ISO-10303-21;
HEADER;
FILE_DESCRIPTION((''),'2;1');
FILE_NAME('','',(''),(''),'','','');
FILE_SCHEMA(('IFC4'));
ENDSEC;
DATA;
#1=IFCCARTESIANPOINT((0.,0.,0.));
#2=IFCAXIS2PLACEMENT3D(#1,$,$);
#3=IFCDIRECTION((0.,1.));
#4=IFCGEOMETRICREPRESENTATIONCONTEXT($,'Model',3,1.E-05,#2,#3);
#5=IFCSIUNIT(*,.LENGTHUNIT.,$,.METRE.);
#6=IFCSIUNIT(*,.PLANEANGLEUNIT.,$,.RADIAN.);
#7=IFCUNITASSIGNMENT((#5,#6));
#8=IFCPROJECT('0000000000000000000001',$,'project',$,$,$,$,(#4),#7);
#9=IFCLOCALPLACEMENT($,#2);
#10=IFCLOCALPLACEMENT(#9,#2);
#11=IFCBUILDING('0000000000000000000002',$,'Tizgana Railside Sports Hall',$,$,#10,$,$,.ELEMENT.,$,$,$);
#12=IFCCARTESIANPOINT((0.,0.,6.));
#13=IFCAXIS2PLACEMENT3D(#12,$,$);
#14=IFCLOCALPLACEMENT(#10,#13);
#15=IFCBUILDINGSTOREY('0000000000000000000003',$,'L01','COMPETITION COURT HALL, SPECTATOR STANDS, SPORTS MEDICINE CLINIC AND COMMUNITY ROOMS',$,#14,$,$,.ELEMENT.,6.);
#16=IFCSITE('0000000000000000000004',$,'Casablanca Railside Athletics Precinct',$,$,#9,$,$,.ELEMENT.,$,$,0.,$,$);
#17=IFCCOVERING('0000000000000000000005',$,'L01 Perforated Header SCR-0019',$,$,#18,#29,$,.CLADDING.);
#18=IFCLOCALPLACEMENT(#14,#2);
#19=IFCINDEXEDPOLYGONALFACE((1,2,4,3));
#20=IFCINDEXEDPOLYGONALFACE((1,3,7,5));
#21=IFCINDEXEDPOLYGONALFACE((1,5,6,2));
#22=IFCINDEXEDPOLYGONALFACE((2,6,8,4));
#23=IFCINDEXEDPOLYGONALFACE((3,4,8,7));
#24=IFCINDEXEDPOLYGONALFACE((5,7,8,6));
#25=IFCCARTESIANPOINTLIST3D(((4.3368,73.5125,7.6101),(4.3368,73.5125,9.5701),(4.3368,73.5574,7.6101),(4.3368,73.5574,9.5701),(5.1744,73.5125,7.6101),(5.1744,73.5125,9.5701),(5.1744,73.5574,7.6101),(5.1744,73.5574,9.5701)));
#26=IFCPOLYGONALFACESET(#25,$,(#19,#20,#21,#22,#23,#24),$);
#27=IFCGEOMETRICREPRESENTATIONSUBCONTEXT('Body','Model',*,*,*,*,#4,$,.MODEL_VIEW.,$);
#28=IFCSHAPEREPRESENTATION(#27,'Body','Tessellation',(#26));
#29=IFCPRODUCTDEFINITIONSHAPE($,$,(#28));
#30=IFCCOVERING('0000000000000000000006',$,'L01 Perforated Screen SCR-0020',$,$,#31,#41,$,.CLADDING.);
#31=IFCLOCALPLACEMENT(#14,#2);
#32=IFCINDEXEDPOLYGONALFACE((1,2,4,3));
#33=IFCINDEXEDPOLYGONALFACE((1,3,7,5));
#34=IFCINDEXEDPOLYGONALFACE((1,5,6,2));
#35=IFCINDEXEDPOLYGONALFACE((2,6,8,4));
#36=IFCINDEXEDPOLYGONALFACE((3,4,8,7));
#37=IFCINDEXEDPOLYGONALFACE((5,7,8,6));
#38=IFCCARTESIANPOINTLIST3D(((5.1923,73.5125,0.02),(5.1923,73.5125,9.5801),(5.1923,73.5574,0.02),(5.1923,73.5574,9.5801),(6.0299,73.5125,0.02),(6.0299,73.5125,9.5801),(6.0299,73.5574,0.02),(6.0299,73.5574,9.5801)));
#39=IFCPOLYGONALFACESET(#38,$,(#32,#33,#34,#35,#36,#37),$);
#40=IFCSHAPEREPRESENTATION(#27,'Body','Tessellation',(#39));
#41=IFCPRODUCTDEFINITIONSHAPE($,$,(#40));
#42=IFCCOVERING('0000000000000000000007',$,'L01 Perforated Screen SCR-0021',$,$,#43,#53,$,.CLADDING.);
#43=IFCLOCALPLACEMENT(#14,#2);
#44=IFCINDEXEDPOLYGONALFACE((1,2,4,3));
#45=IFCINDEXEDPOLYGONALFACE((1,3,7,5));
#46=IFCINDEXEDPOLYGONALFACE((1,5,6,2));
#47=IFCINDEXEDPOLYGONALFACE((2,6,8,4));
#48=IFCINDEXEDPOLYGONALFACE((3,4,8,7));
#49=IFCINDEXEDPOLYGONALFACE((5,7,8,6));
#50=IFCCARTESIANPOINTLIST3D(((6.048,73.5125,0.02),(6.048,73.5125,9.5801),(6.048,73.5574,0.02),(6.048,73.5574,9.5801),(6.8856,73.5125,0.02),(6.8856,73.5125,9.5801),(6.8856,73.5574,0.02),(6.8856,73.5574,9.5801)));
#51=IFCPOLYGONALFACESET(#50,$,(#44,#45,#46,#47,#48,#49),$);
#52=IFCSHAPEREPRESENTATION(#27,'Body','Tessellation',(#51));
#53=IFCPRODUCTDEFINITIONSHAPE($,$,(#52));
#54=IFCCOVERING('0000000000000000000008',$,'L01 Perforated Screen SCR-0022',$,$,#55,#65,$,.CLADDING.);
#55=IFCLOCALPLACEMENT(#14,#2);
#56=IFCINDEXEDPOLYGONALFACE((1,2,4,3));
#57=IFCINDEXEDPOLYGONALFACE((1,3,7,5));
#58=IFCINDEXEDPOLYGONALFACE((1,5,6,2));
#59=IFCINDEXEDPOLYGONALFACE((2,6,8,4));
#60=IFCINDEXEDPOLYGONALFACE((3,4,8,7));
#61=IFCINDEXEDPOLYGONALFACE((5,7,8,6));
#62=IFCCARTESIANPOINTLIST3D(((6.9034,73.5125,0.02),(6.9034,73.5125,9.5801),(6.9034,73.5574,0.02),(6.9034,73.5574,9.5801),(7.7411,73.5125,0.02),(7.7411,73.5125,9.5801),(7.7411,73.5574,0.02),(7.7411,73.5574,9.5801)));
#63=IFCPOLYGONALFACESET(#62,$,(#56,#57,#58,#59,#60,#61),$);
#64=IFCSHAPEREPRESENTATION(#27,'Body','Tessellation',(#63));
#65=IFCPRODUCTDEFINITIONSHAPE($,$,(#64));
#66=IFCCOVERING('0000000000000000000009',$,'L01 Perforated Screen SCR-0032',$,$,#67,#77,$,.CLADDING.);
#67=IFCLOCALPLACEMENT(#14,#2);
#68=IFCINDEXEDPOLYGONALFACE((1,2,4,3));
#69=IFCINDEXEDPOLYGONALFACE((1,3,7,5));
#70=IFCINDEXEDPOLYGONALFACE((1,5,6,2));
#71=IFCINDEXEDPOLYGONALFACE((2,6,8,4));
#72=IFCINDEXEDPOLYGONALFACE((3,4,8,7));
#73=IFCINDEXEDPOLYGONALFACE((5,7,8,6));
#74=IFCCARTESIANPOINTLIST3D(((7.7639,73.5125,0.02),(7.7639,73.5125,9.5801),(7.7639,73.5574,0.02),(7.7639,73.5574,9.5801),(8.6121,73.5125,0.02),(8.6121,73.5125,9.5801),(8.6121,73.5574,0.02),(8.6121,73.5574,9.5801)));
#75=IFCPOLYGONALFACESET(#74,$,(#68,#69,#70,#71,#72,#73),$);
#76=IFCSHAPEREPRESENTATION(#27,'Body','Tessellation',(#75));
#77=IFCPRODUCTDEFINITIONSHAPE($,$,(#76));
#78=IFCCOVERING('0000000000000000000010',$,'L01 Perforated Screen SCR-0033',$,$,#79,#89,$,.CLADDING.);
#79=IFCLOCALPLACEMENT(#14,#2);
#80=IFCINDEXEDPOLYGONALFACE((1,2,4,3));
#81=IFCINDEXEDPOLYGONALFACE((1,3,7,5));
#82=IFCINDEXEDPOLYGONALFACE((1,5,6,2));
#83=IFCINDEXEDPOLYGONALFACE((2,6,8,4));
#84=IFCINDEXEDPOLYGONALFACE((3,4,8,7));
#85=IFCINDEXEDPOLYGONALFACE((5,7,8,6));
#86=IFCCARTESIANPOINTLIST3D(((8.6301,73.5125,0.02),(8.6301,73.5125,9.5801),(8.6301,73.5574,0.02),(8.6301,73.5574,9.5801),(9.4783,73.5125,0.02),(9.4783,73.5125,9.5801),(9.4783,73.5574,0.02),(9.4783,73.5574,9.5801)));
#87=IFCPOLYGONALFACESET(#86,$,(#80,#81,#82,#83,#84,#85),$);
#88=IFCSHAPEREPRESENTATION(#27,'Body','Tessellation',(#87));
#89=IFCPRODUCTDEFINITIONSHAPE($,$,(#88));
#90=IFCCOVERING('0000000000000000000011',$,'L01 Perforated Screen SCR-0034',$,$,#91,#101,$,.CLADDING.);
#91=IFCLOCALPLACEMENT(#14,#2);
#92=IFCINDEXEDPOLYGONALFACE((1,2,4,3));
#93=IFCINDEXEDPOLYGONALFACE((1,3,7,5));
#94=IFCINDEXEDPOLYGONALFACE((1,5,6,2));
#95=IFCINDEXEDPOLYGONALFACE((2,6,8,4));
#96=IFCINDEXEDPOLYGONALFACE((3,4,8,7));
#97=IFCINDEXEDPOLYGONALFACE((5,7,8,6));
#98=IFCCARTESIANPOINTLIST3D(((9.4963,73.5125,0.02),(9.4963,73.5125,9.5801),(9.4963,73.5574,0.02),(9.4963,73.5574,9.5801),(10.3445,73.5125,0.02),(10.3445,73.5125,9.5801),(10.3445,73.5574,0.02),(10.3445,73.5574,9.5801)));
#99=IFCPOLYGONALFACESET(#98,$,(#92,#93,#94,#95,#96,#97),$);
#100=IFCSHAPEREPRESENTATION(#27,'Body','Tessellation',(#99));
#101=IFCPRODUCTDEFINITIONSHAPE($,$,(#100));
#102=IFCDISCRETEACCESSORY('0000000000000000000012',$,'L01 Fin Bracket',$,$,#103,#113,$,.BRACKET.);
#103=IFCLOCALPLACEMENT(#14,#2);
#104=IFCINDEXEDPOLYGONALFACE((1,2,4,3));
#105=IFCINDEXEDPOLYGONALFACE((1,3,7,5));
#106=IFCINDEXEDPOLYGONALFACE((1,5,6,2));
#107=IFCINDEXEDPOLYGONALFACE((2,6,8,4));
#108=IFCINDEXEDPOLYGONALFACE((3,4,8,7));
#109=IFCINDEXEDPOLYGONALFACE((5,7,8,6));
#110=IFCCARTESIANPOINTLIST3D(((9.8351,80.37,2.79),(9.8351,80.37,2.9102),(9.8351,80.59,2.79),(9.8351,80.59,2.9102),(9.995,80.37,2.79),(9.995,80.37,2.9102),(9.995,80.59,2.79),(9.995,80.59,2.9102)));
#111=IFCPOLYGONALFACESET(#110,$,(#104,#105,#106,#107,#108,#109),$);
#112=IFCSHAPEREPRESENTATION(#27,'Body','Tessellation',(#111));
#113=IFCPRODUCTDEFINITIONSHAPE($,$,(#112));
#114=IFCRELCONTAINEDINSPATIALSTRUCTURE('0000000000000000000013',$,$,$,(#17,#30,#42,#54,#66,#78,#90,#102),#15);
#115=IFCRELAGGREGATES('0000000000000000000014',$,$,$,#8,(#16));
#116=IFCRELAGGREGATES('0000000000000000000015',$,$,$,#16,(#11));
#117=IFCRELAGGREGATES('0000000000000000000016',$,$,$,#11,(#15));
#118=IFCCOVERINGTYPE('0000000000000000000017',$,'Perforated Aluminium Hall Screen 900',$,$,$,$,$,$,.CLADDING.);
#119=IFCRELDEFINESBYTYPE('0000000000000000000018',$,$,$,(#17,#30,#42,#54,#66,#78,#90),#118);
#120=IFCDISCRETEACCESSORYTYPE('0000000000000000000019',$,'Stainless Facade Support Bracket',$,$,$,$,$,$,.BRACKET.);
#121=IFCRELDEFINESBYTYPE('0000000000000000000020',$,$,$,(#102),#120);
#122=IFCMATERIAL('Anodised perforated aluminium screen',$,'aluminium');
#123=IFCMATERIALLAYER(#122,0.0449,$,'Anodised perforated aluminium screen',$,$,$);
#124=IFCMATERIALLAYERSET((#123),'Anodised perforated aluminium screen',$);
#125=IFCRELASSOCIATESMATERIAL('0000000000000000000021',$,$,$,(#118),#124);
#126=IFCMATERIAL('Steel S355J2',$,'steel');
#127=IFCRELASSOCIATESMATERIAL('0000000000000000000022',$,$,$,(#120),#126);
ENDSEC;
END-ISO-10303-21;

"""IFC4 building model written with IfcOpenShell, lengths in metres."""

from ifc_helpers import new_model, si_unit, direction, frame, origin, origin_2d, place, context, subcontext, project, spatial, rectangle, extrude, material, layer, layer_set, type_object, element, save


model = new_model("IFC4")

# Units and contexts
model_context = context("Model", 3, precision=1e-05, world=origin(), true_north=direction((0.0, 1.0)))
body_context = subcontext(model_context, "Body", "Model", "MODEL_VIEW")
ifc_project = project(units=[si_unit("LENGTHUNIT", "METRE"), si_unit("PLANEANGLEUNIT", "RADIAN")], contexts=[model_context])

# Site, building, storey
site_placement = place(None, origin())
site = spatial("IfcSite", under=ifc_project, at=site_placement, Name="Casablanca Railside Athletics Precinct", CompositionType="ELEMENT", RefElevation=0.0)
building_placement = place(site_placement, origin())
building = spatial("IfcBuilding", under=site, at=building_placement, Name="Tizgana Railside Sports Hall", CompositionType="ELEMENT")
storey_placement = place(building_placement, frame((0.0, 0.0, 6.0)))
storey = spatial("IfcBuildingStorey", under=building, at=storey_placement, Name="L01", Description="COMPETITION COURT HALL, SPECTATOR STANDS, SPORTS MEDICINE CLINIC AND COMMUNITY ROOMS", CompositionType="ELEMENT", Elevation=6.0)

# Coverings
ifc_material_1 = material(Name="Anodised perforated aluminium screen", Category="aluminium")
ifc_layer_1 = layer(ifc_material_1, 0.0449, Name="Anodised perforated aluminium screen")
ifc_layer_set_1 = layer_set([ifc_layer_1], Name="Anodised perforated aluminium screen")
covering_type_1 = type_object("IfcCoveringType", Name="Perforated Aluminium Hall Screen 900", PredefinedType="CLADDING", material=ifc_layer_set_1)
covering_1_placement = place(storey_placement, frame((4.7556, 73.5349, 7.6101), z_axis=(0.0, 0.0, 1.0), x_axis=(1.0, 0.0, 0.0)))
element("IfcCovering", 1, at=covering_1_placement, inside=storey, type_object=covering_type_1, Name="L01 Perforated Header SCR-0019", PredefinedType="CLADDING", context=body_context, shape_type="SweptSolid", body=[
    extrude(rectangle(XDim=0.8376, YDim=0.0449, at=origin_2d()), origin(), (0.0, 0.0, 1.0), 1.96),
])
for number, where, z_axis, x_axis, name in (
    (2, (5.6111, 73.5349, 0.02), (0.0, 0.0, 1.0), (1.0, 0.0, 0.0), "L01 Perforated Screen SCR-0020"),
    (3, (6.4668, 73.5349, 0.02), (0.0, 0.0, 1.0), (1.0, 0.0, 0.0), "L01 Perforated Screen SCR-0021"),
    (4, (7.3223, 73.5349, 0.02), (0.0, 0.0, 1.0), (1.0, 0.0, 0.0), "L01 Perforated Screen SCR-0022"),
):
    element("IfcCovering", number, at=place(storey_placement, frame(where, z_axis=z_axis, x_axis=x_axis)), inside=storey, type_object=covering_type_1, Name=name, PredefinedType="CLADDING", context=body_context, shape_type="SweptSolid", body=[
        extrude(rectangle(XDim=0.8376, YDim=0.0449, at=origin_2d()), origin(), (0.0, 0.0, 1.0), 9.5601),
    ])
for number, where, z_axis, x_axis, name in (
    (5, (8.188, 73.5349, 0.02), (0.0, 0.0, 1.0), (1.0, 0.0, 0.0), "L01 Perforated Screen SCR-0032"),
    (6, (9.0542, 73.5349, 0.02), (0.0, 0.0, 1.0), (1.0, 0.0, 0.0), "L01 Perforated Screen SCR-0033"),
    (7, (9.9204, 73.5349, 0.02), (0.0, 0.0, 1.0), (1.0, 0.0, 0.0), "L01 Perforated Screen SCR-0034"),
):
    element("IfcCovering", number, at=place(storey_placement, frame(where, z_axis=z_axis, x_axis=x_axis)), inside=storey, type_object=covering_type_1, Name=name, PredefinedType="CLADDING", context=body_context, shape_type="SweptSolid", body=[
        extrude(rectangle(XDim=0.8481, YDim=0.0449, at=origin_2d()), origin(), (0.0, 0.0, 1.0), 9.5601),
    ])

# Discrete accessory
ifc_material_2 = material(Name="Steel S355J2", Category="steel")
discrete_accessory_type = type_object("IfcDiscreteAccessoryType", Name="Stainless Facade Support Bracket", PredefinedType="BRACKET", material=ifc_material_2)
discrete_accessory_placement = place(storey_placement, frame((9.915, 80.48, 2.79), z_axis=(0.0, 0.0, 1.0), x_axis=(1.0, 0.0, 0.0)))
element("IfcDiscreteAccessory", 8, at=discrete_accessory_placement, inside=storey, type_object=discrete_accessory_type, Name="L01 Fin Bracket", PredefinedType="BRACKET", context=body_context, shape_type="SweptSolid", body=[
    extrude(rectangle(XDim=0.1599, YDim=0.22, at=origin_2d()), origin(), (0.0, 0.0, 1.0), 0.1201),
])

save(model, "model.ifc")
